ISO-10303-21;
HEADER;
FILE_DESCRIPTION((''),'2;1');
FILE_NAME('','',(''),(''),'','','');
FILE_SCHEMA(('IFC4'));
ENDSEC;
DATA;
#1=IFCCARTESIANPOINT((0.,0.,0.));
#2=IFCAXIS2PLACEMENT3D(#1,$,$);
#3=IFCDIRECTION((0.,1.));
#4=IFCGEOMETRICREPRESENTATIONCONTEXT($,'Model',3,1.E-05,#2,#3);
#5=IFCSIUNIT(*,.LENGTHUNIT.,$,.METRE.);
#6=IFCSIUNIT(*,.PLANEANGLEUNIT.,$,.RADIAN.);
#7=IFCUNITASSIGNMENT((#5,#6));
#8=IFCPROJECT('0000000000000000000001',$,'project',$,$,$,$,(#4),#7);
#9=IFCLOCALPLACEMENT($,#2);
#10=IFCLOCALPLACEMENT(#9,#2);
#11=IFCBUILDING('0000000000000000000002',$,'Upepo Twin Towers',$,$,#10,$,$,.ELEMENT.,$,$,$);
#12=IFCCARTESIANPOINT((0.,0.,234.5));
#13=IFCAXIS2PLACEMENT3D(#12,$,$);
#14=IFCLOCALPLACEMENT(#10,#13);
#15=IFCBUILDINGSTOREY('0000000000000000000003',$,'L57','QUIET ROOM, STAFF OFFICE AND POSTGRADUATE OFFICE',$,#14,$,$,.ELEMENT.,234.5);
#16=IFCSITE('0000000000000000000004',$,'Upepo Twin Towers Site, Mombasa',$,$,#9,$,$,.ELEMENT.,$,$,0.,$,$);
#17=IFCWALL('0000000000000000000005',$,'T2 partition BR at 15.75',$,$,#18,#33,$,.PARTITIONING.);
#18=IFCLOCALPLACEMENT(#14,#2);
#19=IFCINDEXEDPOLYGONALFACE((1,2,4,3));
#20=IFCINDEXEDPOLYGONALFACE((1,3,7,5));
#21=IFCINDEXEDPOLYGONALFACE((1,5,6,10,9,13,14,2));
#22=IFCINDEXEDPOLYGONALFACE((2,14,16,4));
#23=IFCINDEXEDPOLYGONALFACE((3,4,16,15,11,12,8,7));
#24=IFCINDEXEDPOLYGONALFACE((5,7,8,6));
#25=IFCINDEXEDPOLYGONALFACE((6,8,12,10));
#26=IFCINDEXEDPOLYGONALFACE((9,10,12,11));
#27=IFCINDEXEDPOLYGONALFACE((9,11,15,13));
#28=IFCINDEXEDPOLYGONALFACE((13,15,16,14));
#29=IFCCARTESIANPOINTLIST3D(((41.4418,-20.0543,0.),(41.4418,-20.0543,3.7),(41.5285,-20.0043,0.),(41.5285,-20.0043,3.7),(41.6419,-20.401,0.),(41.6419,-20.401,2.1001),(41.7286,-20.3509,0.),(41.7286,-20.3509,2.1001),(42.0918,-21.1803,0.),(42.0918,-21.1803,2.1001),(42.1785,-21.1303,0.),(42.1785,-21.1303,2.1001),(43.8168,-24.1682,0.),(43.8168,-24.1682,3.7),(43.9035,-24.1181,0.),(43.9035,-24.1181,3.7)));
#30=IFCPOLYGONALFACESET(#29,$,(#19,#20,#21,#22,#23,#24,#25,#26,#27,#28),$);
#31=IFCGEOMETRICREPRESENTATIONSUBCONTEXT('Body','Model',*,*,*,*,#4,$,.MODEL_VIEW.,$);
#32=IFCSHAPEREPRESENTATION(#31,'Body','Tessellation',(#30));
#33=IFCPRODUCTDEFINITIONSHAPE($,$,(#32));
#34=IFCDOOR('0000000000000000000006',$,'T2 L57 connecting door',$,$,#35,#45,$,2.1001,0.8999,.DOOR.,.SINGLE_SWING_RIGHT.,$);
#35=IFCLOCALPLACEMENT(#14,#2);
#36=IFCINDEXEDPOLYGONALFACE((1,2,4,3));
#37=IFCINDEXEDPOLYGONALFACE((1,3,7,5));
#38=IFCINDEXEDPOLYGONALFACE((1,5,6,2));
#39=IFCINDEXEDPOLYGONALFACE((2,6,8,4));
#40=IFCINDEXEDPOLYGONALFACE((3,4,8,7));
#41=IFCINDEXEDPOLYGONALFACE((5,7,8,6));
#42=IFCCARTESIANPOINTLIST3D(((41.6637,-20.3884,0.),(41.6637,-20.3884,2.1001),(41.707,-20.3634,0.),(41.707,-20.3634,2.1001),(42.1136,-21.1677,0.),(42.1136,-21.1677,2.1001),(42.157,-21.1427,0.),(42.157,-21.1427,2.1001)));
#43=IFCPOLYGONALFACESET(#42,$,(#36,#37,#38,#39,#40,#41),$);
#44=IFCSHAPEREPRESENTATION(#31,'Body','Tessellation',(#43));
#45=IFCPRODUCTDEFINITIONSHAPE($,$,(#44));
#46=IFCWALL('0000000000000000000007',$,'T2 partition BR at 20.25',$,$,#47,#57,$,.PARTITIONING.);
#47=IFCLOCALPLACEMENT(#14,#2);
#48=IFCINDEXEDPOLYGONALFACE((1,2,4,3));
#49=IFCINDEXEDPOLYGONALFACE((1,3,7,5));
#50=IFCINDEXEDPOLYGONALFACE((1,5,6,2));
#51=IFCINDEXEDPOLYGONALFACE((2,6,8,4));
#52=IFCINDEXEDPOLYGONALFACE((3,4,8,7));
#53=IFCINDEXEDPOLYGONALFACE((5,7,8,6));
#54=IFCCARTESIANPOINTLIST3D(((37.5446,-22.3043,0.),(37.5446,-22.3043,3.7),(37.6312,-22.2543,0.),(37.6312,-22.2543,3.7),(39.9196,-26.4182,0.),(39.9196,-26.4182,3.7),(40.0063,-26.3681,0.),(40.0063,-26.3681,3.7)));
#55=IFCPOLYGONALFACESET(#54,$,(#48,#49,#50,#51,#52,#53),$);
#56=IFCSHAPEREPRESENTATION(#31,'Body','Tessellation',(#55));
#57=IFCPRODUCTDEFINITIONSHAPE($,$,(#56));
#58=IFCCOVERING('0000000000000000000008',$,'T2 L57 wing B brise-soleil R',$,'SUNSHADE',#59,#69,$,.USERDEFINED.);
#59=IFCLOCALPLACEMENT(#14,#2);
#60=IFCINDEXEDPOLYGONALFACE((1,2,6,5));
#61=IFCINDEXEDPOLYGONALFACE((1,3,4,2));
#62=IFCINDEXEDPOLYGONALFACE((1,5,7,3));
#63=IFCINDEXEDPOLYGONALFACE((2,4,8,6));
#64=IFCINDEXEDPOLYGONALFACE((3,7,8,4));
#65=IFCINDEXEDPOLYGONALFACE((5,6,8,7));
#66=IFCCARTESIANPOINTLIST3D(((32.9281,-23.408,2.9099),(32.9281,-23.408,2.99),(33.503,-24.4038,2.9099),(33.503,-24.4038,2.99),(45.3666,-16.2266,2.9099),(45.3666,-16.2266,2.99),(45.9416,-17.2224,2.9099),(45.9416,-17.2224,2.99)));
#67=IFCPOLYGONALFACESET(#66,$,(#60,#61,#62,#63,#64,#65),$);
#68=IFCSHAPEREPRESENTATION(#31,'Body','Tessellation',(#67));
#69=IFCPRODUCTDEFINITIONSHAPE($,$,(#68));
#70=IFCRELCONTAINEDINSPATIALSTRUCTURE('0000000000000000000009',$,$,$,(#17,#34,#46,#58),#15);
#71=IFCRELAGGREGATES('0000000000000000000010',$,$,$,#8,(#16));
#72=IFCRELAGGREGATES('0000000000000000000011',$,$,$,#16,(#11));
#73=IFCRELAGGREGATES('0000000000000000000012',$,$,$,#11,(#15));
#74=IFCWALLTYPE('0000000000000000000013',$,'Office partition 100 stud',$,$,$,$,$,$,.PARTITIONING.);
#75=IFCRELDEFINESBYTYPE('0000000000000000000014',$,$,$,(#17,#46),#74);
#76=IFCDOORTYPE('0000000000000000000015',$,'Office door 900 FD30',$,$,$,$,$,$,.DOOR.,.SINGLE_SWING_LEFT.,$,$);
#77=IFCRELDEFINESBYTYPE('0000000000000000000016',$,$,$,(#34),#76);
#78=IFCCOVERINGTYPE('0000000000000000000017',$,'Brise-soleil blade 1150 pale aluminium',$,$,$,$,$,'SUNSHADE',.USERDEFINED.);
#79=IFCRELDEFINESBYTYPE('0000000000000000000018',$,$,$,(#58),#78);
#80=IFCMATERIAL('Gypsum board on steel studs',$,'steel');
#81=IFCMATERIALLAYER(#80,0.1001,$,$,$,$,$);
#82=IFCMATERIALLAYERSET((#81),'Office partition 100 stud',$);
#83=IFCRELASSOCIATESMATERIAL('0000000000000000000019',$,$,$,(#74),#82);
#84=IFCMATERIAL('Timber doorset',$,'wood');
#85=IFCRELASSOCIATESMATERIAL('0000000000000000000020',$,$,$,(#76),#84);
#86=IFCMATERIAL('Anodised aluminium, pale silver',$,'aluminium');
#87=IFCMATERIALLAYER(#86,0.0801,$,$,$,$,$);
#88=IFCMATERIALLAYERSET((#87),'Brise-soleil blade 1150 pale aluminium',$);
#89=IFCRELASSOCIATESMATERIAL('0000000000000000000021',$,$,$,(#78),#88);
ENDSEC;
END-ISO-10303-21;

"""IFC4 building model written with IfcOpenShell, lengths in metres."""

from ifc_helpers import new_model, si_unit, direction, frame, frame_2d, origin, origin_2d, place, context, subcontext, project, spatial, rectangle, extrude, material, layer, layer_set, type_object, element, fill, save


model = new_model("IFC4")

# Units and contexts
model_context = context("Model", 3, precision=1e-05, world=origin(), true_north=direction((0.0, 1.0)))
body_context = subcontext(model_context, "Body", "Model", "MODEL_VIEW")
ifc_project = project(units=[si_unit("LENGTHUNIT", "METRE"), si_unit("PLANEANGLEUNIT", "RADIAN")], contexts=[model_context])

# Site, building, storey
site_placement = place(None, origin())
site = spatial("IfcSite", under=ifc_project, at=site_placement, Name="Upepo Twin Towers Site, Mombasa", CompositionType="ELEMENT", RefElevation=0.0)
building_placement = place(site_placement, origin())
building = spatial("IfcBuilding", under=site, at=building_placement, Name="Upepo Twin Towers", CompositionType="ELEMENT")
storey_placement = place(building_placement, frame((0.0, 0.0, 234.5)))
storey = spatial("IfcBuildingStorey", under=building, at=storey_placement, Name="L57", Description="QUIET ROOM, STAFF OFFICE AND POSTGRADUATE OFFICE", CompositionType="ELEMENT", Elevation=234.5)

# Wall, opening, door
ifc_material_1 = material(Name="Gypsum board on steel studs", Category="steel")
ifc_layer_1 = layer(ifc_material_1, 0.1001)
ifc_layer_set_1 = layer_set([ifc_layer_1], Name="Office partition 100 stud")
wall_type_1 = type_object("IfcWallType", Name="Office partition 100 stud", PredefinedType="PARTITIONING", material=ifc_layer_set_1)
wall_1_placement = place(storey_placement, frame((43.8601, -24.1431, 0.0), z_axis=(0.0, 0.0, 1.0), x_axis=(-0.499986, 0.866033, 0.0)))
wall_1 = element("IfcWall", 1, at=wall_1_placement, inside=storey, type_object=wall_type_1, Name="T2 partition BR at 15.75", PredefinedType="PARTITIONING", context=body_context, shape_type="SweptSolid", body=[
    extrude(rectangle(XDim=4.7502, YDim=0.1001, at=frame_2d((2.375, 0.0))), origin(), (0.0, 0.0, 1.0), 3.7),
])
opening_placement = place(wall_1_placement, frame((3.45, 0.0, 0.0)))
opening = element("IfcOpeningElement", 2, at=opening_placement, cuts=wall_1, PredefinedType="OPENING", context=body_context, shape_type="SweptSolid", body=[
    extrude(rectangle(XDim=0.8999, YDim=2.1001, at=frame_2d((0.45, 1.05))), frame((0.0, 0.0601, 0.0), z_axis=(0.0, -1.0, 0.0), x_axis=(1.0, 0.0, 0.0)), (0.0, 0.0, 1.0), 0.1201),
])
ifc_material_2 = material(Name="Timber doorset", Category="wood")
door_type = type_object("IfcDoorType", Name="Office door 900 FD30", OperationType="SINGLE_SWING_LEFT", PredefinedType="DOOR", material=ifc_material_2)
door_placement = place(opening_placement, origin())
door = element("IfcDoor", 3, at=door_placement, inside=storey, type_object=door_type, Name="T2 L57 connecting door", OperationType="SINGLE_SWING_RIGHT", OverallHeight=2.1001, OverallWidth=0.8999, PredefinedType="DOOR", context=body_context, shape_type="SweptSolid", body=[
    extrude(rectangle(XDim=0.8999, YDim=2.1001, at=frame_2d((0.45, 1.05))), frame((0.0, 0.0249, 0.0), z_axis=(0.0, -1.0, 0.0), x_axis=(1.0, 0.0, 0.0)), (0.0, 0.0, 1.0), 0.05),
])
fill(opening, door)

# Wall
wall_2_placement = place(storey_placement, frame((39.9629, -26.3931, 0.0), z_axis=(0.0, 0.0, 1.0), x_axis=(-0.499986, 0.866033, 0.0)))
element("IfcWall", 4, at=wall_2_placement, inside=storey, type_object=wall_type_1, Name="T2 partition BR at 20.25", PredefinedType="PARTITIONING", context=body_context, shape_type="SweptSolid", body=[
    extrude(rectangle(XDim=4.7502, YDim=0.1001, at=frame_2d((2.375, 0.0))), origin(), (0.0, 0.0, 1.0), 3.7),
])

# Covering
ifc_material_3 = material(Name="Anodised aluminium, pale silver", Category="aluminium")
ifc_layer_2 = layer(ifc_material_3, 0.0801)
ifc_layer_set_2 = layer_set([ifc_layer_2], Name="Brise-soleil blade 1150 pale aluminium")
covering_type = type_object("IfcCoveringType", Name="Brise-soleil blade 1150 pale aluminium", ElementType="SUNSHADE", PredefinedType="USERDEFINED", material=ifc_layer_set_2)
covering_placement = place(storey_placement, frame((39.4348, -20.3152, 2.9099), z_axis=(0.0, 0.0, 1.0), x_axis=(-0.866025, -0.5, 0.0)))
element("IfcCovering", 5, at=covering_placement, inside=storey, type_object=covering_type, Name="T2 L57 wing B brise-soleil R", ObjectType="SUNSHADE", PredefinedType="USERDEFINED", context=body_context, shape_type="SweptSolid", body=[
    extrude(rectangle(XDim=14.3628, YDim=1.1499, at=origin_2d()), origin(), (0.0, 0.0, 1.0), 0.0801),
])

save(model, "model.ifc")
